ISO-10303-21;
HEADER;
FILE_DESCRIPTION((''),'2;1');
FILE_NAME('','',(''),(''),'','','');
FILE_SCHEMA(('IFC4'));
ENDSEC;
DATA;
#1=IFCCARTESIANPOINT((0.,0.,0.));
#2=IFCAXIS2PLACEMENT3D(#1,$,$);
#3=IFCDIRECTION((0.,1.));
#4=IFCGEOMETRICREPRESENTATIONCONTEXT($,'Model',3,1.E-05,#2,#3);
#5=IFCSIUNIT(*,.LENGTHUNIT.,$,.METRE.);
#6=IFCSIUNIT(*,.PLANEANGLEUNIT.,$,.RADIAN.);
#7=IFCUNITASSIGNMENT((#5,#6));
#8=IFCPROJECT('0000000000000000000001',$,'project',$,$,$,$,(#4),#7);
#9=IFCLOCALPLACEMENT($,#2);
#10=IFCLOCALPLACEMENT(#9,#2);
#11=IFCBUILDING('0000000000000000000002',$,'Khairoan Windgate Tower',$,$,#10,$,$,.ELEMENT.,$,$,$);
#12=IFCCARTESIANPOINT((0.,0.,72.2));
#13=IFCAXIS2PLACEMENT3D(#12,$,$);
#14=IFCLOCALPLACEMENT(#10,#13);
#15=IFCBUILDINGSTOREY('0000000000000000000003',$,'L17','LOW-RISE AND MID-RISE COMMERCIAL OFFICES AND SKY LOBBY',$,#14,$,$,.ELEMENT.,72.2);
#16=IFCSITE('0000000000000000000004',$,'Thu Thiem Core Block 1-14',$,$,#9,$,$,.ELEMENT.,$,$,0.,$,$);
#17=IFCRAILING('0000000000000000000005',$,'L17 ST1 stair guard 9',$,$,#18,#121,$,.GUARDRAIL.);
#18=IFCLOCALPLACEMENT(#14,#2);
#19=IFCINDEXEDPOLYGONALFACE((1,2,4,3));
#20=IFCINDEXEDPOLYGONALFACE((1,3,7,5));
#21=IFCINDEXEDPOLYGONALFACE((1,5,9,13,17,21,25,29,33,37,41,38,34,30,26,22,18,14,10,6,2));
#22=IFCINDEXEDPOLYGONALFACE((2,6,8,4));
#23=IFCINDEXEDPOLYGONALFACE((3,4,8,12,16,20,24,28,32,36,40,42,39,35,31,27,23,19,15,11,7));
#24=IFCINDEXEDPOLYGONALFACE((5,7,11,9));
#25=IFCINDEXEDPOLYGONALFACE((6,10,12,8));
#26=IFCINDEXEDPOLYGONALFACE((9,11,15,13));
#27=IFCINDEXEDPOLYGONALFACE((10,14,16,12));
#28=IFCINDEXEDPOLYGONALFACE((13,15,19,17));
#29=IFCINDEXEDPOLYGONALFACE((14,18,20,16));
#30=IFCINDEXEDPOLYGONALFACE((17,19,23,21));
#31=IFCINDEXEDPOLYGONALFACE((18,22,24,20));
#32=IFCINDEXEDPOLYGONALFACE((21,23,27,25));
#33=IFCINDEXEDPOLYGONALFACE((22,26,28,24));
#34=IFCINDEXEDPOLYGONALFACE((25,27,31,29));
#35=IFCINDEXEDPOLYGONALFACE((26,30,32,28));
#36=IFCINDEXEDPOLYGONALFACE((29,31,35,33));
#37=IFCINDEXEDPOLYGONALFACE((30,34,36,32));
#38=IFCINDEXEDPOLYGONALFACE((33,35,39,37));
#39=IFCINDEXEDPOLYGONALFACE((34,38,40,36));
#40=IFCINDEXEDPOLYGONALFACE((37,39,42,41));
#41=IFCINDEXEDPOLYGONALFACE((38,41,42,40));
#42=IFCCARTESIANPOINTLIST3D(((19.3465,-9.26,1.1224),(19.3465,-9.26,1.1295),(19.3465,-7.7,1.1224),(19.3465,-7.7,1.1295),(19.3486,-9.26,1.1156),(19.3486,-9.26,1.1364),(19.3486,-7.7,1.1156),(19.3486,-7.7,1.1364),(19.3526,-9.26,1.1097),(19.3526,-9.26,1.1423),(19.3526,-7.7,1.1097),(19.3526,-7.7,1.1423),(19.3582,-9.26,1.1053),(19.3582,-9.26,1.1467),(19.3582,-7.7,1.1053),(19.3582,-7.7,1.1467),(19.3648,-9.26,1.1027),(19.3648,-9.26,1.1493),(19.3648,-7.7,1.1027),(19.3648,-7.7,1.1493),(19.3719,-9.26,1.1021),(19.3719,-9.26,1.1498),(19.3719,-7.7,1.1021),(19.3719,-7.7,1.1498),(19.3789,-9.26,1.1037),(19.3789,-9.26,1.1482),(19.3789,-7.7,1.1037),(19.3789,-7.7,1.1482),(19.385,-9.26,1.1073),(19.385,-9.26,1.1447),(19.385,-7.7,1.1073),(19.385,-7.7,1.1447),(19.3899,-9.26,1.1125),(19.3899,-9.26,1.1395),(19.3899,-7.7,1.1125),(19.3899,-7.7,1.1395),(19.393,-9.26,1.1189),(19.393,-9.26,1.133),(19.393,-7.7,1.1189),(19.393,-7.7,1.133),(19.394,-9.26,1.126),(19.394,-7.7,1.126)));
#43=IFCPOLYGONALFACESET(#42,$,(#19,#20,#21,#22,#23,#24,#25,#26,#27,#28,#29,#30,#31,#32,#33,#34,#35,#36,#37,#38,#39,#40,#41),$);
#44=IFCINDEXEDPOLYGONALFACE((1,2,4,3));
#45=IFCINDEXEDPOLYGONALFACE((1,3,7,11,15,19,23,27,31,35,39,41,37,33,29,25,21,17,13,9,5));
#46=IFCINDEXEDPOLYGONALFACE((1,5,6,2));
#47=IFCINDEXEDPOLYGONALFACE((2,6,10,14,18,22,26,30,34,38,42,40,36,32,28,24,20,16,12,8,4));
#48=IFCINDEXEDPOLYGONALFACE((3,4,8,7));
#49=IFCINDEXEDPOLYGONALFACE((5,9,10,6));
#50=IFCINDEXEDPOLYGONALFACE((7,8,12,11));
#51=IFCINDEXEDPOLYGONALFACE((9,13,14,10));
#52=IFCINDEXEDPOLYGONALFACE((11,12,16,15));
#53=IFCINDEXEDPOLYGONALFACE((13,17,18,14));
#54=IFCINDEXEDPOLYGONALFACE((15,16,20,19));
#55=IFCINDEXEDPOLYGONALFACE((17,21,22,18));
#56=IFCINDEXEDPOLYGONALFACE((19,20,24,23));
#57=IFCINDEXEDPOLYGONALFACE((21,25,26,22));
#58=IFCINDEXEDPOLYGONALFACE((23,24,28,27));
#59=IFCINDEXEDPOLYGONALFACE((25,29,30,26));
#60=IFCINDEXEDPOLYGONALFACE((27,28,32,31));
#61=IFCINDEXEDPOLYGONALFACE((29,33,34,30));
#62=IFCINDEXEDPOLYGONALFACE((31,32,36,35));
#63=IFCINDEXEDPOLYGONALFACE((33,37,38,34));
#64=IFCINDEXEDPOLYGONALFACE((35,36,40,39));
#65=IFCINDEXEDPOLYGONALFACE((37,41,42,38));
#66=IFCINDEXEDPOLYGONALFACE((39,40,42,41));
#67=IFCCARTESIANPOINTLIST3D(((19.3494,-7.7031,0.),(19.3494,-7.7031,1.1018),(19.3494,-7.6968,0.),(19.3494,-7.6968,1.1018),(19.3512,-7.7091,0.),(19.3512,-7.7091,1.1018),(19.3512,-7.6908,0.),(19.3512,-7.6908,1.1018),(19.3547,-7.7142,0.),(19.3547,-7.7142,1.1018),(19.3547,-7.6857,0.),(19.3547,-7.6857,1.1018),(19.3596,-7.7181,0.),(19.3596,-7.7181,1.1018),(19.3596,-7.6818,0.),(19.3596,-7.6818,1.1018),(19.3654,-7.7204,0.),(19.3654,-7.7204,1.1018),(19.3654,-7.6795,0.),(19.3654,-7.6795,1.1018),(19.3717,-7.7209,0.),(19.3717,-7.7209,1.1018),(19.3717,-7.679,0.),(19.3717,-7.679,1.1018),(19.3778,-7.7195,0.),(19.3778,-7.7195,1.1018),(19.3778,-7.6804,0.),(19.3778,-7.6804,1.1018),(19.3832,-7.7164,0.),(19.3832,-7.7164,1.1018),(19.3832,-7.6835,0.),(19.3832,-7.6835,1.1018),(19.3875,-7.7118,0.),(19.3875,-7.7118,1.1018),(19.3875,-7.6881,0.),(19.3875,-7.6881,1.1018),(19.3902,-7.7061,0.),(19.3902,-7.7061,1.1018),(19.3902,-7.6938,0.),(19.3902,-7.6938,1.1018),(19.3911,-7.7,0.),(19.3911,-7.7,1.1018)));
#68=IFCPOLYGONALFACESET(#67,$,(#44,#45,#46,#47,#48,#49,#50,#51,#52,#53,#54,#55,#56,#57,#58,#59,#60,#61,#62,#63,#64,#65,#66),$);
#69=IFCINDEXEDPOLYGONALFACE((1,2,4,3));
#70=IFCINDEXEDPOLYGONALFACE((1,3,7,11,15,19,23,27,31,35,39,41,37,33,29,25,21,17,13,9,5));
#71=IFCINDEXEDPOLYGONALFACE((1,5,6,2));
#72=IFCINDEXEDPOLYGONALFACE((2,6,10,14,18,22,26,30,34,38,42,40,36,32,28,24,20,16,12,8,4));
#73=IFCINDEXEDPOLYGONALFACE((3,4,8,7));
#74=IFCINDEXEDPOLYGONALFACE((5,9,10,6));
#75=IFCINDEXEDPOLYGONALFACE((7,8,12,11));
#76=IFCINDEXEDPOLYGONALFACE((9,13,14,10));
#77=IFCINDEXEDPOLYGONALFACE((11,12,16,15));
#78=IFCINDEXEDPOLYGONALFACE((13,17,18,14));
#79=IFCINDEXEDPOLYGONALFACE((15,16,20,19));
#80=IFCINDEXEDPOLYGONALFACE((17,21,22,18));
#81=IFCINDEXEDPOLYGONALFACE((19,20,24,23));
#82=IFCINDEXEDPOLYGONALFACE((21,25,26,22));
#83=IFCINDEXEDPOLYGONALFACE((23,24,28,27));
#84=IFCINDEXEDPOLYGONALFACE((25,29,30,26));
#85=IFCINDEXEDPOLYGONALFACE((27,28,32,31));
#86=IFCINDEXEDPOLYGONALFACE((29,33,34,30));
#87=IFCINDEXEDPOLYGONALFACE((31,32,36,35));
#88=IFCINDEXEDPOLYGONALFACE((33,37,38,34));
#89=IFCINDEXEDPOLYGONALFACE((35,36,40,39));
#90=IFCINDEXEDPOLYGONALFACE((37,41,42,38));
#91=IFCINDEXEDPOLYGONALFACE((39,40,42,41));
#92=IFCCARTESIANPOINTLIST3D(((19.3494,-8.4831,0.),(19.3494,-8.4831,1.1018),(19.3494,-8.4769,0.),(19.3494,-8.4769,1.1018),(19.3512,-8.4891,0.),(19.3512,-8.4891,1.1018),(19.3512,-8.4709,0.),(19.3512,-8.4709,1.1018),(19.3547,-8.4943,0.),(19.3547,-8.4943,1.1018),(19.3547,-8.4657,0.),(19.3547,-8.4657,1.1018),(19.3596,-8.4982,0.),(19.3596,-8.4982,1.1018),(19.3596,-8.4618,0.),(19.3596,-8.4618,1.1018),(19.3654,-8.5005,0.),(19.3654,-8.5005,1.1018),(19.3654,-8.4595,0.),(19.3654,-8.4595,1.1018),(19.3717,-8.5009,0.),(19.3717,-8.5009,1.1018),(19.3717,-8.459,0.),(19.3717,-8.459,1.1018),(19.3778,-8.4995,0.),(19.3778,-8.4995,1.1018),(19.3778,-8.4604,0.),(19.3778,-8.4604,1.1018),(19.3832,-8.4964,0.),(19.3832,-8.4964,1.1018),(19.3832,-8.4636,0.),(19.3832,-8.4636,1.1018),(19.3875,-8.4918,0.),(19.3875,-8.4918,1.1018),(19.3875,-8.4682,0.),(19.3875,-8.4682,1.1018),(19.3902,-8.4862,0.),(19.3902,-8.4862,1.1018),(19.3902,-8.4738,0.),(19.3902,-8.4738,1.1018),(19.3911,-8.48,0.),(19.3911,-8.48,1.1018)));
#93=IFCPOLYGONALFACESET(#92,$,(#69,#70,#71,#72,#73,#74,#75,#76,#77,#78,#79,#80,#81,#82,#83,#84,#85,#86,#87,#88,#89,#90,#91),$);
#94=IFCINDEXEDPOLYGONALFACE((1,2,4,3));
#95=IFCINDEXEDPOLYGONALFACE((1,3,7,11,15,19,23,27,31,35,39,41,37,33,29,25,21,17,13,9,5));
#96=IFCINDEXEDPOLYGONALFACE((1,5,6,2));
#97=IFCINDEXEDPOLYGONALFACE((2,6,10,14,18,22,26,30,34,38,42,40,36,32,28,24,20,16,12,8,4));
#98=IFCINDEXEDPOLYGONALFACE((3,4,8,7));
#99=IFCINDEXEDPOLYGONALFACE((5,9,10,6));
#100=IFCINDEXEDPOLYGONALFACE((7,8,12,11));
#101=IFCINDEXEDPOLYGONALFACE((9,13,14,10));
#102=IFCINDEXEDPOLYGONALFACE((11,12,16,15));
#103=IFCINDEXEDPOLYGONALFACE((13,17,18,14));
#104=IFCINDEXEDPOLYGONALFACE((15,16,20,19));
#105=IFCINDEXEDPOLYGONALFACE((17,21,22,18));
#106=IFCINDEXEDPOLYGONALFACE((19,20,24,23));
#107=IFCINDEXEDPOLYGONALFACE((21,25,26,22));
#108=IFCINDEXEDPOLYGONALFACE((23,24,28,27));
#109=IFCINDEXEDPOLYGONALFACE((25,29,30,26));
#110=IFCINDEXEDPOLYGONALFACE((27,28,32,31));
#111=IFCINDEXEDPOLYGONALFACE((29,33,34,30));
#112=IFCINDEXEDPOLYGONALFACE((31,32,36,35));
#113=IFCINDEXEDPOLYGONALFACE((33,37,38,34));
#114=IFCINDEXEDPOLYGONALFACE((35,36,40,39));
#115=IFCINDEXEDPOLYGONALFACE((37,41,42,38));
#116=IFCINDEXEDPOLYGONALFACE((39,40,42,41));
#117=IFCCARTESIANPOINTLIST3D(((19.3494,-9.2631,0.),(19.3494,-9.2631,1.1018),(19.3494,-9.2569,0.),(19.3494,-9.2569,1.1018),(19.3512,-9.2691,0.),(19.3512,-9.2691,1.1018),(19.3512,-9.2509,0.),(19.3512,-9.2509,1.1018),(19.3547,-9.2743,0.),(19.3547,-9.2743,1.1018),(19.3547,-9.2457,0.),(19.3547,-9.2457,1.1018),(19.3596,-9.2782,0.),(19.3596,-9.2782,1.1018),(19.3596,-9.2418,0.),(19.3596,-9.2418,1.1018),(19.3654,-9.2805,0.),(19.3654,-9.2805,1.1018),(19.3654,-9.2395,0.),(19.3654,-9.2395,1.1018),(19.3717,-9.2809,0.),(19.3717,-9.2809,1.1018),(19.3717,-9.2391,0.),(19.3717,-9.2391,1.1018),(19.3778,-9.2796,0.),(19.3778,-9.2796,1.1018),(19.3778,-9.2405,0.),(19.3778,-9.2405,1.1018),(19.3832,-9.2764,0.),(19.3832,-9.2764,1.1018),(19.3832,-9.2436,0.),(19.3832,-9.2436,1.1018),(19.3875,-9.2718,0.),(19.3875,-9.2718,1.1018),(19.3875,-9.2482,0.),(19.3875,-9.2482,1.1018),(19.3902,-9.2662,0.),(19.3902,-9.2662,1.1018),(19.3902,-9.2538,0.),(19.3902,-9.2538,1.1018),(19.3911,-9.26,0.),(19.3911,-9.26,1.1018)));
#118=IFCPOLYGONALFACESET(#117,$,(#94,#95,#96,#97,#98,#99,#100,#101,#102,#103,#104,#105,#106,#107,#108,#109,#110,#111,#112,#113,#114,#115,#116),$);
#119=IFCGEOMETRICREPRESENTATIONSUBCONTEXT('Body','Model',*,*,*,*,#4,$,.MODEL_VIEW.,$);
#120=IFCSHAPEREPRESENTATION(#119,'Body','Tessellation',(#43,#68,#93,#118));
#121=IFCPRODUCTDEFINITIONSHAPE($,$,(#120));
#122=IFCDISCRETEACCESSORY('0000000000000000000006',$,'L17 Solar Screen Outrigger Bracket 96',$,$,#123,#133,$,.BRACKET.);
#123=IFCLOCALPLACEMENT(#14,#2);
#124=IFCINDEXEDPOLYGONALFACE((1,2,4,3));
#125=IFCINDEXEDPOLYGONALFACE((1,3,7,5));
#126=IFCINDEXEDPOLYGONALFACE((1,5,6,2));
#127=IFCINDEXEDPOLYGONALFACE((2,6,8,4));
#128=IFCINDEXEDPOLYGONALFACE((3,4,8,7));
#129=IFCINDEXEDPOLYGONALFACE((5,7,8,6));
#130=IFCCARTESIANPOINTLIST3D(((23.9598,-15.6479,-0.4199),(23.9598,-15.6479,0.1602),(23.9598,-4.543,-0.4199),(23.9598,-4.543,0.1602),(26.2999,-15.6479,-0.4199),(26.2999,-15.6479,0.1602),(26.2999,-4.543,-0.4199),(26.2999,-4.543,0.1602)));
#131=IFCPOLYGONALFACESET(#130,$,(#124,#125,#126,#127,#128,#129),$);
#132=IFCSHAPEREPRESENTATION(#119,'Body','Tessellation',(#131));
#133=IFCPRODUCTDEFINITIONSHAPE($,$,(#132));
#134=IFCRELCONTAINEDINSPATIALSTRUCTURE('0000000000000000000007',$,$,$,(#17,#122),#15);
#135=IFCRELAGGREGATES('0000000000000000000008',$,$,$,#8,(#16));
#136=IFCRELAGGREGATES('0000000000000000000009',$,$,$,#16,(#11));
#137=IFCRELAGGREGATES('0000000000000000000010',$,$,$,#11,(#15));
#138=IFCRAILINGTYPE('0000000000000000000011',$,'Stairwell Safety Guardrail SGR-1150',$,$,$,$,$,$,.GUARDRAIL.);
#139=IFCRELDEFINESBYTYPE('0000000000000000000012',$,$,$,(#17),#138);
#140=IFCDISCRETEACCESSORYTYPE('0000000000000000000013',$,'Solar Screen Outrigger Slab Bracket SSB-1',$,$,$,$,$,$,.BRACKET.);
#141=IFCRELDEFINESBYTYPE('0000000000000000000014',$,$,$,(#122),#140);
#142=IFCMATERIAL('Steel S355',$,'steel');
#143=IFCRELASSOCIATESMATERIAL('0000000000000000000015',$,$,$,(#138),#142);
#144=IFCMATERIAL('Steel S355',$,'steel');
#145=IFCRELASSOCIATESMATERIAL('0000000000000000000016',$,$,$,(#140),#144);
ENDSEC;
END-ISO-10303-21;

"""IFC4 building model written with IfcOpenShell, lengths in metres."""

from ifc_helpers import new_model, si_unit, direction, frame, origin, origin_2d, place, context, subcontext, project, spatial, rectangle, circle, extrude, material, type_object, element, save


model = new_model("IFC4")

# Units and contexts
model_context = context("Model", 3, precision=1e-05, world=origin(), true_north=direction((0.0, 1.0)))
body_context = subcontext(model_context, "Body", "Model", "MODEL_VIEW")
ifc_project = project(units=[si_unit("LENGTHUNIT", "METRE"), si_unit("PLANEANGLEUNIT", "RADIAN")], contexts=[model_context])

# Site, building, storey
site_placement = place(None, origin())
site = spatial("IfcSite", under=ifc_project, at=site_placement, Name="Thu Thiem Core Block 1-14", CompositionType="ELEMENT", RefElevation=0.0)
building_placement = place(site_placement, origin())
building = spatial("IfcBuilding", under=site, at=building_placement, Name="Khairoan Windgate Tower", CompositionType="ELEMENT")
storey_placement = place(building_placement, frame((0.0, 0.0, 72.2)))
storey = spatial("IfcBuildingStorey", under=building, at=storey_placement, Name="L17", Description="LOW-RISE AND MID-RISE COMMERCIAL OFFICES AND SKY LOBBY", CompositionType="ELEMENT", Elevation=72.2)

# Railing
ifc_material_1 = material(Name="Steel S355", Category="steel")
railing_type_1 = type_object("IfcRailingType", Name="Stairwell Safety Guardrail SGR-1150", PredefinedType="GUARDRAIL", material=ifc_material_1)
for number, where, name in (
    (1, (19.3701, -7.7, 0.0), "L17 ST1 stair guard 9"),
):
    element("IfcRailing", number, at=place(storey_placement, frame(where)), inside=storey, type_object=railing_type_1, Name=name, PredefinedType="GUARDRAIL", context=body_context, shape_type="SweptSolid", body=[
        extrude(circle(Radius=0.0239, at=origin_2d()), frame((0.0, 0.0, 1.126), z_axis=(0.0, -1.0, 0.0), x_axis=(1.0, 0.0, 0.0)), (0.0, 0.0, 1.0), 1.5601),
        extrude(circle(Radius=0.021, at=origin_2d()), origin(), (0.0, 0.0, 1.0), 1.1018),
        extrude(circle(Radius=0.021, at=origin_2d()), frame((0.0, -0.78, 0.0)), (0.0, 0.0, 1.0), 1.1018),
        extrude(circle(Radius=0.021, at=origin_2d()), frame((0.0, -1.5601, 0.0)), (0.0, 0.0, 1.0), 1.1018),
    ])

# Discrete accessory
ifc_material_2 = material(Name="Steel S355", Category="steel")
discrete_accessory_type = type_object("IfcDiscreteAccessoryType", Name="Solar Screen Outrigger Slab Bracket SSB-1", PredefinedType="BRACKET", material=ifc_material_2)
discrete_accessory_placement = place(storey_placement, frame((25.1299, -10.0955, -0.4199), z_axis=(0.0, 0.0, 1.0), x_axis=(0.0, -1.0, 0.0)))
element("IfcDiscreteAccessory", 2, at=discrete_accessory_placement, inside=storey, type_object=discrete_accessory_type, Name="L17 Solar Screen Outrigger Bracket 96", PredefinedType="BRACKET", context=body_context, shape_type="SweptSolid", body=[
    extrude(rectangle(XDim=11.105, YDim=2.3401, at=origin_2d()), origin(), (0.0, 0.0, 1.0), 0.5801),
])

save(model, "model.ifc")
